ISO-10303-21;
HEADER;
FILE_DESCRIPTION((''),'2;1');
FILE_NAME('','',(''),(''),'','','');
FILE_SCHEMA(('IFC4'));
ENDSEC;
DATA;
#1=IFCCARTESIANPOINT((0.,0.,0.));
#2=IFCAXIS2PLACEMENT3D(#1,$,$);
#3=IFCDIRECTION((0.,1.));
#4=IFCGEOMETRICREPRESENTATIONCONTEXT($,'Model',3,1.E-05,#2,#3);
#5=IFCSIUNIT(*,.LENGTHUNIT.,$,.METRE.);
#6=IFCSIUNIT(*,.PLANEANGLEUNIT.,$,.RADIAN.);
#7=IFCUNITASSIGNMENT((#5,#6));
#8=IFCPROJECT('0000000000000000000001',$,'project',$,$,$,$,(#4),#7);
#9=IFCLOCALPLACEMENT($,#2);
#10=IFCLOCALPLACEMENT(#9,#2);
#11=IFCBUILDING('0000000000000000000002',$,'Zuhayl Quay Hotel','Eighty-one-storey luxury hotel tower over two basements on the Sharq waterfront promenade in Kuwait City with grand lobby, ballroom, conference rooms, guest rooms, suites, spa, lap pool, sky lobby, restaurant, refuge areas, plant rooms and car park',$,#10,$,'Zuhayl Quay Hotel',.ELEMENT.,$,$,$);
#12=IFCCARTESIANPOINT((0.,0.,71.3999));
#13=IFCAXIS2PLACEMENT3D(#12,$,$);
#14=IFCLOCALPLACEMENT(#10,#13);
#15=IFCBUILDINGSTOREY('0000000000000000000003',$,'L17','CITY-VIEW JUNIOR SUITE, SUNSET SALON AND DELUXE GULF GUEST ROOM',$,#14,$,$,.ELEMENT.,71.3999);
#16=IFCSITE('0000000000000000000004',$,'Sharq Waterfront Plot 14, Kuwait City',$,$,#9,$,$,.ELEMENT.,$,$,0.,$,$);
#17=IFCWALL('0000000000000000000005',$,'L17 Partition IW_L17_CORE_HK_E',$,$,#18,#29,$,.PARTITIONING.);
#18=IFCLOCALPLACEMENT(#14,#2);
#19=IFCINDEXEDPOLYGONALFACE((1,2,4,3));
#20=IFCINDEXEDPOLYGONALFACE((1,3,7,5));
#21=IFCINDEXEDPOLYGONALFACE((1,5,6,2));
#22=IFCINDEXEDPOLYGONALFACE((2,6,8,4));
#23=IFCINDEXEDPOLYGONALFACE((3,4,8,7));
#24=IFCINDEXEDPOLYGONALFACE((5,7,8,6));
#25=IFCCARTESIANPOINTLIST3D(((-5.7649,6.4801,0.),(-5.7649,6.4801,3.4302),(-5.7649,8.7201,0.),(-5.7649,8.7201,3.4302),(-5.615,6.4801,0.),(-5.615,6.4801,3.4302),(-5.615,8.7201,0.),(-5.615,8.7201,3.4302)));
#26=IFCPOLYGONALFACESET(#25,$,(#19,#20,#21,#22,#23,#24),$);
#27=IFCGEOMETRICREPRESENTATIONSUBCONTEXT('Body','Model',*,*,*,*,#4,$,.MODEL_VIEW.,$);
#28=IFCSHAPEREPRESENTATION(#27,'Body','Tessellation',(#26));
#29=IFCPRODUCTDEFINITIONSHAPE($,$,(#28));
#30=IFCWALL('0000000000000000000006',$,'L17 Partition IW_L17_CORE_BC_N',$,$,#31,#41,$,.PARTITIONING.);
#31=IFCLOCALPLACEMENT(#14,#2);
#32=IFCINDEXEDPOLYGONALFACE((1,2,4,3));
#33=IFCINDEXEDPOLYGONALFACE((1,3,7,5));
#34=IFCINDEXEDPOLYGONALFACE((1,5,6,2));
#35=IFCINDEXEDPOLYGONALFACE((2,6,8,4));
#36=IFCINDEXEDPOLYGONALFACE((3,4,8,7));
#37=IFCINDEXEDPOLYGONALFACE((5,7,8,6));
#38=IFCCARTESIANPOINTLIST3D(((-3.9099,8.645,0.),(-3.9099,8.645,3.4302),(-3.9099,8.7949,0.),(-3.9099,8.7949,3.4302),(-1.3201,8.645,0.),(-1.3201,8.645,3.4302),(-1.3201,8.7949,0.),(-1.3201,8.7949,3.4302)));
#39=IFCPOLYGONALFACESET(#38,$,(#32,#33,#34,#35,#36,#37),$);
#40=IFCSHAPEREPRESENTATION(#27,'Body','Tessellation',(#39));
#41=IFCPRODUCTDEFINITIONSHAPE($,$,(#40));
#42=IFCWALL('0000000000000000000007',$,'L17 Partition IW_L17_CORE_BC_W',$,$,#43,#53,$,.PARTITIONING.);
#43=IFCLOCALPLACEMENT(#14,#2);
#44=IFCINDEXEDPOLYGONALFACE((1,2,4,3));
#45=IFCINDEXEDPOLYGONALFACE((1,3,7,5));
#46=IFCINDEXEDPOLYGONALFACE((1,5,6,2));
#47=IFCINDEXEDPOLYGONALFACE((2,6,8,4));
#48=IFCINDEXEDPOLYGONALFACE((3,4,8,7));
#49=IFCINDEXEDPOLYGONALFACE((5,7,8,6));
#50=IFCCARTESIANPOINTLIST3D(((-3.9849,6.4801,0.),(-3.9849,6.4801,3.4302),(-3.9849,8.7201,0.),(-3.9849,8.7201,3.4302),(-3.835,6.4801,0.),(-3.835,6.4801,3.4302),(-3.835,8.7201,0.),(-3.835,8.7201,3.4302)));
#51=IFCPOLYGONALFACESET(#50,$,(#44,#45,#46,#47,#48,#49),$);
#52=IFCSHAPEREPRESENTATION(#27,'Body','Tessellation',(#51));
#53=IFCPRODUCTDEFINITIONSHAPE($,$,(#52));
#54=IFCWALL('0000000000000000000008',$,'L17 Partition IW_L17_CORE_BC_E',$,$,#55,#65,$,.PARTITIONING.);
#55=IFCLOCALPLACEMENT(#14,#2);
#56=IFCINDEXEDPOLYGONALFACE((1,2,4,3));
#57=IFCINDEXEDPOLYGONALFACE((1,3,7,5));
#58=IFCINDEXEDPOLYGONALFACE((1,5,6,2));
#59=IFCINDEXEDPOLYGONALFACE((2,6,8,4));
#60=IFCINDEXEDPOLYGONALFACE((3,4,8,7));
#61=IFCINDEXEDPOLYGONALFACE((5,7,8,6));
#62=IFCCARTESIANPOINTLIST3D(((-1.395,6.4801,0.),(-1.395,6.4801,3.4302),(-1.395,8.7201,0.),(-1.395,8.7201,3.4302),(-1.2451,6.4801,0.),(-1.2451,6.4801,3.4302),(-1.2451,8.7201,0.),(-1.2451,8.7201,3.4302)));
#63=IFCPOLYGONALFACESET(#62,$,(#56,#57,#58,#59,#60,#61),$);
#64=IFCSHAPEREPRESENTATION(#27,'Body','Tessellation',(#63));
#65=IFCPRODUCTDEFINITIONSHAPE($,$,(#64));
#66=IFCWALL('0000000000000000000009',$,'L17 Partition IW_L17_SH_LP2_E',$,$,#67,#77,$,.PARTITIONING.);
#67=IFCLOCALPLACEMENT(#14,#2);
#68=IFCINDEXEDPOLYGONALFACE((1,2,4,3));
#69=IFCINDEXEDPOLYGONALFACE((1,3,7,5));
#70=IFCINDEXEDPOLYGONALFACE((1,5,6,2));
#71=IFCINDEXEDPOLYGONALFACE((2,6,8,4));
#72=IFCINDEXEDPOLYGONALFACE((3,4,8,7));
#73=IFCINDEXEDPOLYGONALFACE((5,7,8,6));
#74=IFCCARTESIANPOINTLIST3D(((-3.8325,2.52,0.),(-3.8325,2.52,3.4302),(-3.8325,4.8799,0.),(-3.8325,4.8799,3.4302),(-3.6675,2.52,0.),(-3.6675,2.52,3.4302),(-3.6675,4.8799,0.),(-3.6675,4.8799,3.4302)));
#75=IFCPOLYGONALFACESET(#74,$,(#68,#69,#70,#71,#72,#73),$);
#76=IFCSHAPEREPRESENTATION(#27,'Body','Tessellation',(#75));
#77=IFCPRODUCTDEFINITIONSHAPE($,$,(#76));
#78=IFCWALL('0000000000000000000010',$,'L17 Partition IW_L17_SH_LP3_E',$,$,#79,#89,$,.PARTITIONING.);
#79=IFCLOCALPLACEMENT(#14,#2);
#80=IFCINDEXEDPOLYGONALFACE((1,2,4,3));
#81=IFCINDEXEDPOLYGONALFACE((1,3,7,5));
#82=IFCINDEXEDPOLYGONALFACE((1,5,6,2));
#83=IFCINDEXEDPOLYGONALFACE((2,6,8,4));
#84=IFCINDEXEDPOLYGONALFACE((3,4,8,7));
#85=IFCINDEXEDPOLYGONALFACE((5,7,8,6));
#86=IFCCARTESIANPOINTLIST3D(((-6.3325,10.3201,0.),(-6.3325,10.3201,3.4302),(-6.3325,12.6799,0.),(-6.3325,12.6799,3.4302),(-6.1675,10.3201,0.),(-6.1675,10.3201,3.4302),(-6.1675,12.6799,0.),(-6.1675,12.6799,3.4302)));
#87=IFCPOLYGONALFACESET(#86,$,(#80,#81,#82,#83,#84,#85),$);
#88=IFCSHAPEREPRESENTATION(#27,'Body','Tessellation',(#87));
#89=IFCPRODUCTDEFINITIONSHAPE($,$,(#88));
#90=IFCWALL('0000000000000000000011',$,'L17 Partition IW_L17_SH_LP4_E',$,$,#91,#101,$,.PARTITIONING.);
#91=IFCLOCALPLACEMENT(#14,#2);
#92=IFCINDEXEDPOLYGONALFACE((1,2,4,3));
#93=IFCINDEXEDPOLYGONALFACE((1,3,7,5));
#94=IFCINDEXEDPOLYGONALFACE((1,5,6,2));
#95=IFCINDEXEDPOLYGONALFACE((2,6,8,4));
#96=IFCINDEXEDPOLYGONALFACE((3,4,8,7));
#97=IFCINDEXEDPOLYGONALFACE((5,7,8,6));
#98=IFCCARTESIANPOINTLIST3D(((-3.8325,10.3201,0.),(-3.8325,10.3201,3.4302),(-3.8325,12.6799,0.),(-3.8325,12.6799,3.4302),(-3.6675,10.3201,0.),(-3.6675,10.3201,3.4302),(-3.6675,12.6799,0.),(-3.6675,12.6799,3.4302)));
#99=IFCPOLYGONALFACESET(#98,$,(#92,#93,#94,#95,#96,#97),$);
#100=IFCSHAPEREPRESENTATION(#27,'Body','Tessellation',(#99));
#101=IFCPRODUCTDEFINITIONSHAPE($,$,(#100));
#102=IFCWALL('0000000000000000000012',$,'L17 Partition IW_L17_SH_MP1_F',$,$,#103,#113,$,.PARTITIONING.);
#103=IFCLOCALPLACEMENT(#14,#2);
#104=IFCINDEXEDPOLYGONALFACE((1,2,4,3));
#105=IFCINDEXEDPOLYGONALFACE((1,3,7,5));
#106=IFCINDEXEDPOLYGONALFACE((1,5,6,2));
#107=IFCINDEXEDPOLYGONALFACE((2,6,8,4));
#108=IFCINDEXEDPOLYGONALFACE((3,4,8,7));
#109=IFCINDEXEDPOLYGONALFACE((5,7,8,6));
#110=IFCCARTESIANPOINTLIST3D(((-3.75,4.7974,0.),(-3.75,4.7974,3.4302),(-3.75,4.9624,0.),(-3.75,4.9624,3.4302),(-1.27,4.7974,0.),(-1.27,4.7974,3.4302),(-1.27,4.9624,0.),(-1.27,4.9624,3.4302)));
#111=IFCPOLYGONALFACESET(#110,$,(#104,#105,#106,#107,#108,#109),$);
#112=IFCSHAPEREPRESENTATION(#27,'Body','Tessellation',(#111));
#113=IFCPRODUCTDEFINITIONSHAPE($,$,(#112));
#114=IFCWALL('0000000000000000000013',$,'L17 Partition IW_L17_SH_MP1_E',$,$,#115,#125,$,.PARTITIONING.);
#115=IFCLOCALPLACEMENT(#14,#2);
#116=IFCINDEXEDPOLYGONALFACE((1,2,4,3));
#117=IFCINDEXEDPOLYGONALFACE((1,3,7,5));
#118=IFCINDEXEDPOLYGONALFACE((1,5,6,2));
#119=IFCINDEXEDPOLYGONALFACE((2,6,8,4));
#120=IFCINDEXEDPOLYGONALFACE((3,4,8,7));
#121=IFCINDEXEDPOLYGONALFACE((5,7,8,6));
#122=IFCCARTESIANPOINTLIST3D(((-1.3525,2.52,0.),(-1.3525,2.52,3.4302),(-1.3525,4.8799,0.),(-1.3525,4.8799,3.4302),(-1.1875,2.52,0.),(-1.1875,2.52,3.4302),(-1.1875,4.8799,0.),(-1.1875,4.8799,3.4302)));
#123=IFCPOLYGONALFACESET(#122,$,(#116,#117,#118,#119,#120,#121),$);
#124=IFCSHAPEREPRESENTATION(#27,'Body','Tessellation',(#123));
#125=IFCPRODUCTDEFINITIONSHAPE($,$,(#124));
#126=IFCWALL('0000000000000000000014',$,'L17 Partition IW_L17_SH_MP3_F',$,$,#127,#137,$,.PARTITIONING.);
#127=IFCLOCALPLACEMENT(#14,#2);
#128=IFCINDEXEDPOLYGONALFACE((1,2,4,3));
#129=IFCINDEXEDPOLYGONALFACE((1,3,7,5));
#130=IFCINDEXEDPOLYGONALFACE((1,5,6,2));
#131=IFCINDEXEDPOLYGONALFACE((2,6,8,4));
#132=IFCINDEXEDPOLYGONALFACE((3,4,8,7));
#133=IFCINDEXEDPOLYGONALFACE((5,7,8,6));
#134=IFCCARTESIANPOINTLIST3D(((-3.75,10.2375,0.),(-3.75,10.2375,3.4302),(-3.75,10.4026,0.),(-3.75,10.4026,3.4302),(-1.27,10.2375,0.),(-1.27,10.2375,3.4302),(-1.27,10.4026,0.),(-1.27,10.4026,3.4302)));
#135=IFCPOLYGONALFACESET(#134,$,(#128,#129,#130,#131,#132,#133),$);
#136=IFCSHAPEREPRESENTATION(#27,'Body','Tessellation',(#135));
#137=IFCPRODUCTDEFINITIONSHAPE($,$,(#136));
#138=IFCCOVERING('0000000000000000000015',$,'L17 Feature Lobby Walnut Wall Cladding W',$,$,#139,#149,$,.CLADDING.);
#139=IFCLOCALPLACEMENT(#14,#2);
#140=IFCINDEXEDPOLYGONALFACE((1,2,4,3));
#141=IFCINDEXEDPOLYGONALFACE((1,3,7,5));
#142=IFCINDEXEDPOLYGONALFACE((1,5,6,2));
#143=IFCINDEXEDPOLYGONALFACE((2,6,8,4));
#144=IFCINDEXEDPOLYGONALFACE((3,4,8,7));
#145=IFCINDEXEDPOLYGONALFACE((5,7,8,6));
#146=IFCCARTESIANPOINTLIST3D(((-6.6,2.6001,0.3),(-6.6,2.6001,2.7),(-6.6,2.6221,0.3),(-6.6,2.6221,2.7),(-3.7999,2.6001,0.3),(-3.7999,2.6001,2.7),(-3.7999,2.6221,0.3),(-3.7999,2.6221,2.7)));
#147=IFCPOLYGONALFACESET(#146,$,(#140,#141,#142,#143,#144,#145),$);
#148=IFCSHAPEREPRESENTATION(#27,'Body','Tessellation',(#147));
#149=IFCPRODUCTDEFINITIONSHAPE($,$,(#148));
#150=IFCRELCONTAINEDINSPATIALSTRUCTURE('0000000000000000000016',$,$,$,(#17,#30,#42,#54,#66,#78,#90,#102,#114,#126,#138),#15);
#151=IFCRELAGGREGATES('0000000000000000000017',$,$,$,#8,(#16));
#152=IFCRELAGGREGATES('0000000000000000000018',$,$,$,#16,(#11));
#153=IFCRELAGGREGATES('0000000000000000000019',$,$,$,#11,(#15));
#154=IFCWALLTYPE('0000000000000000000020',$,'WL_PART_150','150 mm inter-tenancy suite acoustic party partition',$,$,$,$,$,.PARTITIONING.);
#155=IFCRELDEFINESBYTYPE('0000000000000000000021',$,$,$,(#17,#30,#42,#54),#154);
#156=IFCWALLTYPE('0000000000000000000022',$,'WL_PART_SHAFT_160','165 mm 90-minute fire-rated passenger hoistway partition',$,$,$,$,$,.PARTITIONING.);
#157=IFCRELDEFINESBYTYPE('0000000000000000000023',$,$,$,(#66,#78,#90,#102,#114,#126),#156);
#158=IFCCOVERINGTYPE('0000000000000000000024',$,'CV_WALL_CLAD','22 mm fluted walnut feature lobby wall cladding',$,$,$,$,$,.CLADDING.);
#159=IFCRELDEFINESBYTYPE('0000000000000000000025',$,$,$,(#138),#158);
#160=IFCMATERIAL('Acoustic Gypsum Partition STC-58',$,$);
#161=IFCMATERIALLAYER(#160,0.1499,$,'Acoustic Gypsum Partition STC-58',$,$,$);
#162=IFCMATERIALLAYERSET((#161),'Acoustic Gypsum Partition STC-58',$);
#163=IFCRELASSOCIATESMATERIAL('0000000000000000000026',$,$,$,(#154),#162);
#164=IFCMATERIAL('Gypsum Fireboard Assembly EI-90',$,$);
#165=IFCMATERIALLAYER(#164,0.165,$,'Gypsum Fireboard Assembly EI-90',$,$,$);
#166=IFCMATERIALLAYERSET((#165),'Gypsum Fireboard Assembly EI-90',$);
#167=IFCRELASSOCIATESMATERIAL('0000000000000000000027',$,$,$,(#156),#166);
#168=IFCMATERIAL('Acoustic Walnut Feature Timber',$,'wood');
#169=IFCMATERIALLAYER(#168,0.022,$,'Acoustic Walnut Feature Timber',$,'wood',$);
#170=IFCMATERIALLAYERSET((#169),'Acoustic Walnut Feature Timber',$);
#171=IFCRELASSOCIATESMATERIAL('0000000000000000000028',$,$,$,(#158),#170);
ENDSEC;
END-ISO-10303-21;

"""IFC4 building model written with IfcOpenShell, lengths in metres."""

from ifc_helpers import new_model, si_unit, direction, frame, frame_2d, origin, origin_2d, place, context, subcontext, project, spatial, rectangle, extrude, material, layer, layer_set, type_object, element, save


model = new_model("IFC4")

# Units and contexts
model_context = context("Model", 3, precision=1e-05, world=origin(), true_north=direction((0.0, 1.0)))
body_context = subcontext(model_context, "Body", "Model", "MODEL_VIEW")
ifc_project = project(units=[si_unit("LENGTHUNIT", "METRE"), si_unit("PLANEANGLEUNIT", "RADIAN")], contexts=[model_context])

# Site, building, storey
site_placement = place(None, origin())
site = spatial("IfcSite", under=ifc_project, at=site_placement, Name="Sharq Waterfront Plot 14, Kuwait City", CompositionType="ELEMENT", RefElevation=0.0)
building_placement = place(site_placement, origin())
building = spatial("IfcBuilding", under=site, at=building_placement, Name="Zuhayl Quay Hotel", Description="Eighty-one-storey luxury hotel tower over two basements on the Sharq waterfront promenade in Kuwait City with grand lobby, ballroom, conference rooms, guest rooms, suites, spa, lap pool, sky lobby, restaurant, refuge areas, plant rooms and car park", LongName="Zuhayl Quay Hotel", CompositionType="ELEMENT")
storey_placement = place(building_placement, frame((0.0, 0.0, 71.3999)))
storey = spatial("IfcBuildingStorey", under=building, at=storey_placement, Name="L17", Description="CITY-VIEW JUNIOR SUITE, SUNSET SALON AND DELUXE GULF GUEST ROOM", CompositionType="ELEMENT", Elevation=71.3999)

# Shared definitions
ifc_material_1 = material(Name="Acoustic Gypsum Partition STC-58")
ifc_layer_1 = layer(ifc_material_1, 0.1499, Name="Acoustic Gypsum Partition STC-58")
ifc_layer_set_1 = layer_set([ifc_layer_1], Name="Acoustic Gypsum Partition STC-58")
wall_type_1 = type_object("IfcWallType", Name="WL_PART_150", Description="150 mm inter-tenancy suite acoustic party partition", PredefinedType="PARTITIONING", material=ifc_layer_set_1)

# Walls
wall_1_placement = place(storey_placement, frame((-5.6899, 6.48, 0.0), z_axis=(0.0, 0.0, 1.0), x_axis=(0.0, 1.0, 0.0)))
element("IfcWall", 1, at=wall_1_placement, inside=storey, type_object=wall_type_1, Name="L17 Partition IW_L17_CORE_HK_E", PredefinedType="PARTITIONING", context=body_context, shape_type="SweptSolid", body=[
    extrude(rectangle(XDim=2.24, YDim=0.1499, at=frame_2d((1.1201, 0.0))), origin(), (0.0, 0.0, 1.0), 3.4302),
])
wall_2_placement = place(storey_placement, frame((-3.9099, 8.72, 0.0), z_axis=(0.0, 0.0, 1.0), x_axis=(1.0, 0.0, 0.0)))
element("IfcWall", 2, at=wall_2_placement, inside=storey, type_object=wall_type_1, Name="L17 Partition IW_L17_CORE_BC_N", PredefinedType="PARTITIONING", context=body_context, shape_type="SweptSolid", body=[
    extrude(rectangle(XDim=2.5898, YDim=0.1499, at=frame_2d((1.2949, 0.0))), origin(), (0.0, 0.0, 1.0), 3.4302),
])
for number, where, z_axis, x_axis, name in (
    (3, (-3.9099, 6.48, 0.0), (0.0, 0.0, 1.0), (0.0, 1.0, 0.0), "L17 Partition IW_L17_CORE_BC_W"),
    (4, (-1.3201, 6.48, 0.0), (0.0, 0.0, 1.0), (0.0, 1.0, 0.0), "L17 Partition IW_L17_CORE_BC_E"),
):
    element("IfcWall", number, at=place(storey_placement, frame(where, z_axis=z_axis, x_axis=x_axis)), inside=storey, type_object=wall_type_1, Name=name, PredefinedType="PARTITIONING", context=body_context, shape_type="SweptSolid", body=[
        extrude(rectangle(XDim=2.24, YDim=0.1499, at=frame_2d((1.1201, 0.0))), origin(), (0.0, 0.0, 1.0), 3.4302),
    ])
ifc_material_2 = material(Name="Gypsum Fireboard Assembly EI-90")
ifc_layer_2 = layer(ifc_material_2, 0.165, Name="Gypsum Fireboard Assembly EI-90")
ifc_layer_set_2 = layer_set([ifc_layer_2], Name="Gypsum Fireboard Assembly EI-90")
wall_type_2 = type_object("IfcWallType", Name="WL_PART_SHAFT_160", Description="165 mm 90-minute fire-rated passenger hoistway partition", PredefinedType="PARTITIONING", material=ifc_layer_set_2)
for number, where, z_axis, x_axis, name in (
    (5, (-3.75, 2.52, 0.0), (0.0, 0.0, 1.0), (0.0, 1.0, 0.0), "L17 Partition IW_L17_SH_LP2_E"),
    (6, (-6.25, 10.3201, 0.0), (0.0, 0.0, 1.0), (0.0, 1.0, 0.0), "L17 Partition IW_L17_SH_LP3_E"),
    (7, (-3.75, 10.3201, 0.0), (0.0, 0.0, 1.0), (0.0, 1.0, 0.0), "L17 Partition IW_L17_SH_LP4_E"),
):
    element("IfcWall", number, at=place(storey_placement, frame(where, z_axis=z_axis, x_axis=x_axis)), inside=storey, type_object=wall_type_2, Name=name, PredefinedType="PARTITIONING", context=body_context, shape_type="SweptSolid", body=[
        extrude(rectangle(XDim=2.3599, YDim=0.165, at=frame_2d((1.1799, 0.0))), origin(), (0.0, 0.0, 1.0), 3.4302),
    ])
wall_3_placement = place(storey_placement, frame((-3.75, 4.8799, 0.0), z_axis=(0.0, 0.0, 1.0), x_axis=(1.0, 0.0, 0.0)))
element("IfcWall", 8, at=wall_3_placement, inside=storey, type_object=wall_type_2, Name="L17 Partition IW_L17_SH_MP1_F", PredefinedType="PARTITIONING", context=body_context, shape_type="SweptSolid", body=[
    extrude(rectangle(XDim=2.48, YDim=0.165, at=frame_2d((1.24, 0.0))), origin(), (0.0, 0.0, 1.0), 3.4302),
])
wall_4_placement = place(storey_placement, frame((-1.27, 2.52, 0.0), z_axis=(0.0, 0.0, 1.0), x_axis=(0.0, 1.0, 0.0)))
element("IfcWall", 9, at=wall_4_placement, inside=storey, type_object=wall_type_2, Name="L17 Partition IW_L17_SH_MP1_E", PredefinedType="PARTITIONING", context=body_context, shape_type="SweptSolid", body=[
    extrude(rectangle(XDim=2.3599, YDim=0.165, at=frame_2d((1.1799, 0.0))), origin(), (0.0, 0.0, 1.0), 3.4302),
])
wall_5_placement = place(storey_placement, frame((-3.75, 10.3201, 0.0), z_axis=(0.0, 0.0, 1.0), x_axis=(1.0, 0.0, 0.0)))
element("IfcWall", 10, at=wall_5_placement, inside=storey, type_object=wall_type_2, Name="L17 Partition IW_L17_SH_MP3_F", PredefinedType="PARTITIONING", context=body_context, shape_type="SweptSolid", body=[
    extrude(rectangle(XDim=2.48, YDim=0.165, at=frame_2d((1.24, 0.0))), origin(), (0.0, 0.0, 1.0), 3.4302),
])

# Covering
ifc_material_3 = material(Name="Acoustic Walnut Feature Timber", Category="wood")
ifc_layer_3 = layer(ifc_material_3, 0.022, Name="Acoustic Walnut Feature Timber", Category="wood")
ifc_layer_set_3 = layer_set([ifc_layer_3], Name="Acoustic Walnut Feature Timber")
covering_type = type_object("IfcCoveringType", Name="CV_WALL_CLAD", Description="22 mm fluted walnut feature lobby wall cladding", PredefinedType="CLADDING", material=ifc_layer_set_3)
covering_placement = place(storey_placement, frame((-5.2, 2.6111, 0.3), z_axis=(0.0, 0.0, 1.0), x_axis=(1.0, 0.0, 0.0)))
element("IfcCovering", 11, at=covering_placement, inside=storey, type_object=covering_type, Name="L17 Feature Lobby Walnut Wall Cladding W", PredefinedType="CLADDING", context=body_context, shape_type="SweptSolid", body=[
    extrude(rectangle(XDim=2.8, YDim=0.022, at=origin_2d()), origin(), (0.0, 0.0, 1.0), 2.3999),
])

save(model, "model.ifc")
